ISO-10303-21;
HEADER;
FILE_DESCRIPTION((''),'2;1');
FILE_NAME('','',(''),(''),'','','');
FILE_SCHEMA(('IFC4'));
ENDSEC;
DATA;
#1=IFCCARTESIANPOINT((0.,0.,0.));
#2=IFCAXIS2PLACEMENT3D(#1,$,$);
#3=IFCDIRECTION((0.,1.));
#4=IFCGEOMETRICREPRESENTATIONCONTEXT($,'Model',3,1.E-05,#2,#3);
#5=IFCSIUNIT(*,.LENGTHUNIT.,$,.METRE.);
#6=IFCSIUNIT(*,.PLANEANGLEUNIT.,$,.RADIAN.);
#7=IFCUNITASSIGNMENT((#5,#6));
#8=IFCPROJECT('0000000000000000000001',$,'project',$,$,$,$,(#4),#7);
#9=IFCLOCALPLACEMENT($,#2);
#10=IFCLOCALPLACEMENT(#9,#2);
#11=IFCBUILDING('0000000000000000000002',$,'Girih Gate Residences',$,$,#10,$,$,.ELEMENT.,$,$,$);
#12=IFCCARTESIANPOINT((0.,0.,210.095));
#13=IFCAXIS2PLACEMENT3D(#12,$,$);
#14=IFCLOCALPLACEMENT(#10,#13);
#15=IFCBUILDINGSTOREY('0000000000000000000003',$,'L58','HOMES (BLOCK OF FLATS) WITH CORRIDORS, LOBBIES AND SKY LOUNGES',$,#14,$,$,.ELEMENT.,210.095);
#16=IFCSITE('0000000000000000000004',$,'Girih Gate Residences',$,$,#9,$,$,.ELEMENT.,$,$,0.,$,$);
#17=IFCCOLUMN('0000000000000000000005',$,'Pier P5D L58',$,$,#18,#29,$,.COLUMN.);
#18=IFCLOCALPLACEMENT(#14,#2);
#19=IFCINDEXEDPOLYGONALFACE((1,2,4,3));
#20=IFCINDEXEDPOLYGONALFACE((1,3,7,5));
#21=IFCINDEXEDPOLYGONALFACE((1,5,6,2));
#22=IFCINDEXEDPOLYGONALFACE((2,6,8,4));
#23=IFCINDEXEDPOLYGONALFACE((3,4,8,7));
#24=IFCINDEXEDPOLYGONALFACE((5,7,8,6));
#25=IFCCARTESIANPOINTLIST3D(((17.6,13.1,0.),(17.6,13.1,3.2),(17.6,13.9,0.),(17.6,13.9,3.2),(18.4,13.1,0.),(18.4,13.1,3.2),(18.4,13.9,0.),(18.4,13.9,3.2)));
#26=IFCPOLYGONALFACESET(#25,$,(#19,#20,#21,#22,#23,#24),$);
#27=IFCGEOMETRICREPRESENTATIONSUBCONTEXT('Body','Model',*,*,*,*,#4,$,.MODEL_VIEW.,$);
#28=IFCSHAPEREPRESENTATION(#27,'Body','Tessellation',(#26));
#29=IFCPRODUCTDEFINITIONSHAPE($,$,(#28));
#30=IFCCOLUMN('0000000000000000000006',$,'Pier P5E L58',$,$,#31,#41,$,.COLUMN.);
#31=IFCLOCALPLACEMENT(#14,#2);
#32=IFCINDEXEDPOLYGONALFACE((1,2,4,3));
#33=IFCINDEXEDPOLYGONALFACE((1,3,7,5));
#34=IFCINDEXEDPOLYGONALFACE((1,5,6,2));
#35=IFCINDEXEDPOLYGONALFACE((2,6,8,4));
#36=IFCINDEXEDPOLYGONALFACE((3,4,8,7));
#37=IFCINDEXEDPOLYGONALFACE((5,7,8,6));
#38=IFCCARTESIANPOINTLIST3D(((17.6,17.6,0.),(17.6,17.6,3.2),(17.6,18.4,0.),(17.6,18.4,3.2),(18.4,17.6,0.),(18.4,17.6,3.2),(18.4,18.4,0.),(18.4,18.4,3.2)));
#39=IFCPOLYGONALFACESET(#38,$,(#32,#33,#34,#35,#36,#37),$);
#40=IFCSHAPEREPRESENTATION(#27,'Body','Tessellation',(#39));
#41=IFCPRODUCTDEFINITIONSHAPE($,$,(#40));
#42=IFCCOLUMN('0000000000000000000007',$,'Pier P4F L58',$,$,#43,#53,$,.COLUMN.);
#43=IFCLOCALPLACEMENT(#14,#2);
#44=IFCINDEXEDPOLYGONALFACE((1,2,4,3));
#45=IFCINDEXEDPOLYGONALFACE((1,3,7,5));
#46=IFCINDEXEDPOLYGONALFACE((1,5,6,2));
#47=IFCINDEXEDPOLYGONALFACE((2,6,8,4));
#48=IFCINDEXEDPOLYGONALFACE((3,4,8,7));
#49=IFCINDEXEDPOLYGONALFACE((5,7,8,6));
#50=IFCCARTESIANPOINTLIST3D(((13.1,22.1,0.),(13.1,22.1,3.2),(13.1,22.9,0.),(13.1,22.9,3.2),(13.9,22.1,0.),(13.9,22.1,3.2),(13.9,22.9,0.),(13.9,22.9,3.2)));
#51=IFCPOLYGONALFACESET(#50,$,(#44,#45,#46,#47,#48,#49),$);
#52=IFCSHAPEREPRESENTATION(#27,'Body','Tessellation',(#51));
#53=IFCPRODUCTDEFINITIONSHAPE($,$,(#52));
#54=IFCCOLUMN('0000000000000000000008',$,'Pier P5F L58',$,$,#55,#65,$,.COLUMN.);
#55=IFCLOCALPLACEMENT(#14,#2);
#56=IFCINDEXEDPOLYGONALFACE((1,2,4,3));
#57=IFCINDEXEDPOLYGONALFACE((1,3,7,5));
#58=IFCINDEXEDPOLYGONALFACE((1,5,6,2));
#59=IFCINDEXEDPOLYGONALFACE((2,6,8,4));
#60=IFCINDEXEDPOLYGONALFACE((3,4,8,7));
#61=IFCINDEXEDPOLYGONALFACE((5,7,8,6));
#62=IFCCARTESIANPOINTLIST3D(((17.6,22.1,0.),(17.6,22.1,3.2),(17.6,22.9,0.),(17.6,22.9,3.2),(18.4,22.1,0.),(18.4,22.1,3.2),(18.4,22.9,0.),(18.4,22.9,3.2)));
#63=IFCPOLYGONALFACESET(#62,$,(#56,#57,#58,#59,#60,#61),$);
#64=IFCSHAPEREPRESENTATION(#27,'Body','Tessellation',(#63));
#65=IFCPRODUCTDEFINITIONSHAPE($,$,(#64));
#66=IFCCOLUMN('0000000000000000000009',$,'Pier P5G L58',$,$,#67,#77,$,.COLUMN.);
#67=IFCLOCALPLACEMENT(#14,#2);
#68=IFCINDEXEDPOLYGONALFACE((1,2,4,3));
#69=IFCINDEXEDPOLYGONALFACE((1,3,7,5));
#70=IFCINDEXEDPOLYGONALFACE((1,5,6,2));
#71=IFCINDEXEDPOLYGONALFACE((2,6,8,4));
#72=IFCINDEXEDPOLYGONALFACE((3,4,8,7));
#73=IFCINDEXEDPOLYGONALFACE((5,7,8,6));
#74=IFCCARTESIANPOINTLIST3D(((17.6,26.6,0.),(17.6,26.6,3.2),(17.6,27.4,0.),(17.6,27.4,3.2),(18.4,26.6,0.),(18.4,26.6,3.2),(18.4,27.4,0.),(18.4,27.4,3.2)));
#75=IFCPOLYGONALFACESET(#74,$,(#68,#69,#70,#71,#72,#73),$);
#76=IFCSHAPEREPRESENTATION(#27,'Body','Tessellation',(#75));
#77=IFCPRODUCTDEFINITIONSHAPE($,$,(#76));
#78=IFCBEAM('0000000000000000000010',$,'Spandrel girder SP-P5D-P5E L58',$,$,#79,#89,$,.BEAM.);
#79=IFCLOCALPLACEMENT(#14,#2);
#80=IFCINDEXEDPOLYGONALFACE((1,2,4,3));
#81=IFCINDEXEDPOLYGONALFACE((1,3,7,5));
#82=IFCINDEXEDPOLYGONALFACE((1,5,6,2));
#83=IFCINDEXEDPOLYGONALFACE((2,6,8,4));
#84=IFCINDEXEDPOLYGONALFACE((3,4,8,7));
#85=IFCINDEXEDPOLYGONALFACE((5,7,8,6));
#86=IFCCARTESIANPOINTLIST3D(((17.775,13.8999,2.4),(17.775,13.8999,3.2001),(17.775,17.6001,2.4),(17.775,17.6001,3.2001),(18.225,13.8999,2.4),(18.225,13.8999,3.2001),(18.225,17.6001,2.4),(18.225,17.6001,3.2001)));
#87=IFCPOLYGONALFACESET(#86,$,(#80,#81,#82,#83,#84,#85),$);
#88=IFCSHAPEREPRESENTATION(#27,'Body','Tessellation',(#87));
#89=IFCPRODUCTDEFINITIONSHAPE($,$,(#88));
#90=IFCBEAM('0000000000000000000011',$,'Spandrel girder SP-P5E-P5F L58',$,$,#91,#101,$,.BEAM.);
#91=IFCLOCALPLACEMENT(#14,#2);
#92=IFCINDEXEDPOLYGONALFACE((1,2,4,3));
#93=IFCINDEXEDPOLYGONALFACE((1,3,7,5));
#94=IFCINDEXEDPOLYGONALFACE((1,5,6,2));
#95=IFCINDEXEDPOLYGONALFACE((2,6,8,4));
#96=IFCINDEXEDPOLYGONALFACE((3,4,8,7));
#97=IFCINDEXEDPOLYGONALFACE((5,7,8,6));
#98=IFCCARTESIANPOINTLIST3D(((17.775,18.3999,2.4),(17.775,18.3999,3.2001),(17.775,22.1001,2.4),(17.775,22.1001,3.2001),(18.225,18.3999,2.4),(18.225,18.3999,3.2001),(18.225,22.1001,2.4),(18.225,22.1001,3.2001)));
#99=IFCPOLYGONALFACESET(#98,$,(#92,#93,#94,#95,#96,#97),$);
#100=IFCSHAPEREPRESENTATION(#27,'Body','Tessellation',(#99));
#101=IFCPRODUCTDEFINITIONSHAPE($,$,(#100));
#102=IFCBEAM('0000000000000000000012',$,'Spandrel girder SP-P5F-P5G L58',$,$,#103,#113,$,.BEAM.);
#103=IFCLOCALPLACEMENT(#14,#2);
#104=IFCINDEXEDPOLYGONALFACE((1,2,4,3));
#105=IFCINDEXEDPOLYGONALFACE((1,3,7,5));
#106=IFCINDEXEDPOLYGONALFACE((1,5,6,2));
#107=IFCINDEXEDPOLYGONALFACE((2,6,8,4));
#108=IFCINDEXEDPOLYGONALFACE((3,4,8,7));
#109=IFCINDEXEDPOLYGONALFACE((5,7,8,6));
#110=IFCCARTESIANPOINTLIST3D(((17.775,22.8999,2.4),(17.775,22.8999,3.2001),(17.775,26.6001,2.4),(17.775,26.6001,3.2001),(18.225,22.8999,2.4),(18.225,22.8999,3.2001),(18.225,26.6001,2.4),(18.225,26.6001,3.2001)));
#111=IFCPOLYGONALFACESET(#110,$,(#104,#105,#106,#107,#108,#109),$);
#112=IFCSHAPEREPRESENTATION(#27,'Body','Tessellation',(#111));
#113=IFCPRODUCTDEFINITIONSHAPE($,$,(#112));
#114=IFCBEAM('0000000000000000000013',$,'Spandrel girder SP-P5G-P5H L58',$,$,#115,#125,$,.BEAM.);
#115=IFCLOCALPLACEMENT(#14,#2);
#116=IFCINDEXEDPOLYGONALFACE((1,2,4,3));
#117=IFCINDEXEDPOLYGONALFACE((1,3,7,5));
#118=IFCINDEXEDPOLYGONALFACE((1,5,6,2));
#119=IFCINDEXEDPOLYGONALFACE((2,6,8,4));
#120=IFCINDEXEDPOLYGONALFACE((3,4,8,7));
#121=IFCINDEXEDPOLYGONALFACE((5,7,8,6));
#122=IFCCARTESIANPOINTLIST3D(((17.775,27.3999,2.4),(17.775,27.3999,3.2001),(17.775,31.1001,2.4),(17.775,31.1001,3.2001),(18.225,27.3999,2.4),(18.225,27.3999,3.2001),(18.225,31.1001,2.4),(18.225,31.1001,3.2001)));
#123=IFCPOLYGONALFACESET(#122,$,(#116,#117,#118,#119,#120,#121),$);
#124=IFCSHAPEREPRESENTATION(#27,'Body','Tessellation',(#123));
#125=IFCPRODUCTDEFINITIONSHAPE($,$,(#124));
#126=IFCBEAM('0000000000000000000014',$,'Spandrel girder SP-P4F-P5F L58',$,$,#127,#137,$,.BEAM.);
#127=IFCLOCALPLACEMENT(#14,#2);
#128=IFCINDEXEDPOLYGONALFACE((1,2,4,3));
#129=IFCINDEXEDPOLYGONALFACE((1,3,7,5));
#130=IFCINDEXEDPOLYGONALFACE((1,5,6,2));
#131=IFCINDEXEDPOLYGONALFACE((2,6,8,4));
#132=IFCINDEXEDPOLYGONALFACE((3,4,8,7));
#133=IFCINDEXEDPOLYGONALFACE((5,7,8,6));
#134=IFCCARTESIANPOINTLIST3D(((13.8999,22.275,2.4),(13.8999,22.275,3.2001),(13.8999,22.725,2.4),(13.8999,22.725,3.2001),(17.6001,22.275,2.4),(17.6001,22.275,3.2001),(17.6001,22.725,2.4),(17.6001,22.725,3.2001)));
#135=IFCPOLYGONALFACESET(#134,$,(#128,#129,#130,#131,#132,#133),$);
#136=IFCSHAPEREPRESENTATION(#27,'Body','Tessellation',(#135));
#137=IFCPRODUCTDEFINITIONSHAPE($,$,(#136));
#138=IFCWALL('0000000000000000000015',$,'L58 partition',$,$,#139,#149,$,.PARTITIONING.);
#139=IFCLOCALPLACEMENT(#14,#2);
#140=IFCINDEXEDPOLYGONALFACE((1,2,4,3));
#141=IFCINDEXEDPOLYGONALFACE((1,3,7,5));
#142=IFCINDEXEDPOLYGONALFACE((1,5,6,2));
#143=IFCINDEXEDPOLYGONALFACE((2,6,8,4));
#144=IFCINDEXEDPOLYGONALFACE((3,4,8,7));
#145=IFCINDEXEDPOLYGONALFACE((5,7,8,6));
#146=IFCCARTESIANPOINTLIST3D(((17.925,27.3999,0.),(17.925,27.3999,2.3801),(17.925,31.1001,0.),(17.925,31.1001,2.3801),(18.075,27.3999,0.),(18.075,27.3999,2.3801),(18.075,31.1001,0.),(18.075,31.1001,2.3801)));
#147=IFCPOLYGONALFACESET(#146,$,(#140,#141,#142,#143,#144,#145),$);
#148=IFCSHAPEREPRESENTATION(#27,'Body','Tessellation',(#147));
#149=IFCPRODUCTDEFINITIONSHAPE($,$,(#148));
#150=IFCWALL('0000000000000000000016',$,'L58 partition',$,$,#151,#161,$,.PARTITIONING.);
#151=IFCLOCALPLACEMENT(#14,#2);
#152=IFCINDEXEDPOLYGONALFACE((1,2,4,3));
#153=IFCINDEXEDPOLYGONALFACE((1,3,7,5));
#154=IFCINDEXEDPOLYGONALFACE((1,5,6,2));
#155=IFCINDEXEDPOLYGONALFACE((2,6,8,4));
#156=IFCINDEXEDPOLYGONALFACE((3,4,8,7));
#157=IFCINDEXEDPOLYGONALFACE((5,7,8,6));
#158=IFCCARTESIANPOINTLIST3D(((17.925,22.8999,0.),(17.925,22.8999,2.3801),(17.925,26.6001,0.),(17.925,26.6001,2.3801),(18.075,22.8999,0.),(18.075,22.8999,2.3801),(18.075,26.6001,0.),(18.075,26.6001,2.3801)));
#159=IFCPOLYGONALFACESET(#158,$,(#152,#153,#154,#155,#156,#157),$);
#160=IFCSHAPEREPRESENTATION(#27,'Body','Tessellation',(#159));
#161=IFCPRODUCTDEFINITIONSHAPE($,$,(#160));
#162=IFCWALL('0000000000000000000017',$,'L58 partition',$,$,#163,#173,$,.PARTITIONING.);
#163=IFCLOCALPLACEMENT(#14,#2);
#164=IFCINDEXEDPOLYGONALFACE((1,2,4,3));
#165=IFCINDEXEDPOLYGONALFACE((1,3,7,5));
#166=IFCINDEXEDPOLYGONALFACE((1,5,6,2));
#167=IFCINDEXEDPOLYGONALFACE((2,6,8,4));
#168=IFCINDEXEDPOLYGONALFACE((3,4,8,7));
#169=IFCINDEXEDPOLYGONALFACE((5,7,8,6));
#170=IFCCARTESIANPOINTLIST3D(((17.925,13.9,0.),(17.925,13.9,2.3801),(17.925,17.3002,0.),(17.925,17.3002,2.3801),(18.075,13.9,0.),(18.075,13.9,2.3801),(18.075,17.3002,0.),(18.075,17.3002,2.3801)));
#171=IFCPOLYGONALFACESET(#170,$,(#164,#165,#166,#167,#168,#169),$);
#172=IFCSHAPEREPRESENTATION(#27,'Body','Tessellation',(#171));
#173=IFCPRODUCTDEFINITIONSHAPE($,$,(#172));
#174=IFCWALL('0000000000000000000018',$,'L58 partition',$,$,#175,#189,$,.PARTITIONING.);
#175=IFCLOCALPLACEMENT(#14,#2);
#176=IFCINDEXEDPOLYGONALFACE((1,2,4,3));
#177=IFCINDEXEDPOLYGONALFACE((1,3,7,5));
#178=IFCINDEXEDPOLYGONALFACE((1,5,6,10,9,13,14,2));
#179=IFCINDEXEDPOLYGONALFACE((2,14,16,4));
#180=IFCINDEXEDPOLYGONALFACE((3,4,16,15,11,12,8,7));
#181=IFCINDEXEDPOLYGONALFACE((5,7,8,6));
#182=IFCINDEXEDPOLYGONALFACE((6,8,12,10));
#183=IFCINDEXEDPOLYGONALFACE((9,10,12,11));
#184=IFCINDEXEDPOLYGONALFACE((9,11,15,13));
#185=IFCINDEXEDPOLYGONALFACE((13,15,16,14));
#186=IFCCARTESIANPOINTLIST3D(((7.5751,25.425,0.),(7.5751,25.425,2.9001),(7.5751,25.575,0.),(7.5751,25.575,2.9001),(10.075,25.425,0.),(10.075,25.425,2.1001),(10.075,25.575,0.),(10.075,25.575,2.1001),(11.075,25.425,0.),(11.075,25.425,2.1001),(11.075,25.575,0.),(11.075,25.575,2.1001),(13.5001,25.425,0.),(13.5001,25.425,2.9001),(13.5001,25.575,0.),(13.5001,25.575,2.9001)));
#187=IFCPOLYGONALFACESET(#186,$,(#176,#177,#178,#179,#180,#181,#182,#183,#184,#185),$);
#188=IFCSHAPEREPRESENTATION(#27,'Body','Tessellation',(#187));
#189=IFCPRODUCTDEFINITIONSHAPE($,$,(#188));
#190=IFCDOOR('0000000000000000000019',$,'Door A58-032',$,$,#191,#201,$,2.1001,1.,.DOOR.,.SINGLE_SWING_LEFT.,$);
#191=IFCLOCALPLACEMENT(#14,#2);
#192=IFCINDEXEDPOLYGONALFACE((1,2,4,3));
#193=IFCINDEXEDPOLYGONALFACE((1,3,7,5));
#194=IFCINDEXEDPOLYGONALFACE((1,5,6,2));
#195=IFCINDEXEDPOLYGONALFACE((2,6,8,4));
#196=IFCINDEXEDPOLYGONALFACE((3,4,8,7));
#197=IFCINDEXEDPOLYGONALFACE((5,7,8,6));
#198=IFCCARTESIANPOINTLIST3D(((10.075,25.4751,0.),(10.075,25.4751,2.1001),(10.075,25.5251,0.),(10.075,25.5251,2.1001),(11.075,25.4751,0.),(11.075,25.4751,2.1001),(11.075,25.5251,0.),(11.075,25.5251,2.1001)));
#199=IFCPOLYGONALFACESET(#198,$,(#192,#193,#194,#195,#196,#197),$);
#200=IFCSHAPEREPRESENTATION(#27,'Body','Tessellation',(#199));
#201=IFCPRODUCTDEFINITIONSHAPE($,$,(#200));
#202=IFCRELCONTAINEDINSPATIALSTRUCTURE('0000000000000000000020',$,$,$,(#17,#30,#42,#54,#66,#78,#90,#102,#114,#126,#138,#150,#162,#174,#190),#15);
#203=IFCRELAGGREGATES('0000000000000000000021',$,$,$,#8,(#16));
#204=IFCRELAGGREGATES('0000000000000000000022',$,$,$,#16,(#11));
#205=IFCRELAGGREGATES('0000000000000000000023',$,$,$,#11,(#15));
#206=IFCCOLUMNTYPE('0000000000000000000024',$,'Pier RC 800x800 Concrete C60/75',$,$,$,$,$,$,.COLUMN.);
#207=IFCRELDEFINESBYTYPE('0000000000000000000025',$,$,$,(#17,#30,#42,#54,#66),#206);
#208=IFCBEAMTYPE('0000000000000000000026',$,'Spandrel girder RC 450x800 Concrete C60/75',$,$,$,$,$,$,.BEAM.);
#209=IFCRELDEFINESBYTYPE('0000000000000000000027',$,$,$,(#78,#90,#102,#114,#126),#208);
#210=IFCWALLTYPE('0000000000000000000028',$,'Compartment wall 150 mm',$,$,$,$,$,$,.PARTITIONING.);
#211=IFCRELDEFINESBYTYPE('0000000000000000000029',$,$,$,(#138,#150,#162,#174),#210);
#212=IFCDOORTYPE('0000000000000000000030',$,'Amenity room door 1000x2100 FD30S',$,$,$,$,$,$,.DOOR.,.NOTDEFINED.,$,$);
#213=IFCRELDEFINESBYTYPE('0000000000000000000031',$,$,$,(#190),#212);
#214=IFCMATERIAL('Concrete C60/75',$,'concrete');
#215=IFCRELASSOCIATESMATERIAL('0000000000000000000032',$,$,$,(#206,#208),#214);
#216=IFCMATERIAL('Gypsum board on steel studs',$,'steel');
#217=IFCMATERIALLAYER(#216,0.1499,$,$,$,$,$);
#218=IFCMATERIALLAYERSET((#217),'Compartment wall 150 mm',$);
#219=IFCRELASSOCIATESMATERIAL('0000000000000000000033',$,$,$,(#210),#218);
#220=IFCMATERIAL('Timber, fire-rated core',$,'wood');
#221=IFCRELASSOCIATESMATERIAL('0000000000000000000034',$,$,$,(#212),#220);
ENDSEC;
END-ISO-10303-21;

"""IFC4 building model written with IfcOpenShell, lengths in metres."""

from ifc_helpers import new_model, si_unit, direction, frame, frame_2d, origin, origin_2d, place, context, subcontext, project, spatial, rectangle, extrude, material, layer, layer_set, material_profile, profile_set, type_object, element, fill, save


model = new_model("IFC4")

# Units and contexts
model_context = context("Model", 3, precision=1e-05, world=origin(), true_north=direction((0.0, 1.0)))
body_context = subcontext(model_context, "Body", "Model", "MODEL_VIEW")
ifc_project = project(units=[si_unit("LENGTHUNIT", "METRE"), si_unit("PLANEANGLEUNIT", "RADIAN")], contexts=[model_context])

# Site, building, storey
site_placement = place(None, origin())
site = spatial("IfcSite", under=ifc_project, at=site_placement, Name="Girih Gate Residences", CompositionType="ELEMENT", RefElevation=0.0)
building_placement = place(site_placement, origin())
building = spatial("IfcBuilding", under=site, at=building_placement, Name="Girih Gate Residences", CompositionType="ELEMENT")
storey_placement = place(building_placement, frame((0.0, 0.0, 210.095)))
storey = spatial("IfcBuildingStorey", under=building, at=storey_placement, Name="L58", Description="HOMES (BLOCK OF FLATS) WITH CORRIDORS, LOBBIES AND SKY LOUNGES", CompositionType="ELEMENT", Elevation=210.095)

# Columns
ifc_material_1 = material(Name="Concrete C60/75", Category="concrete")
ifc_material_profile_1 = material_profile(ifc_material_1, rectangle(XDim=0.8, YDim=0.8, at=origin_2d()))
ifc_profile_set_1 = profile_set([ifc_material_profile_1], Name="Concrete C60/75")
column_type = type_object("IfcColumnType", Name="Pier RC 800x800 Concrete C60/75", PredefinedType="COLUMN", material=ifc_profile_set_1)
for number, where, z_axis, x_axis, name in (
    (1, (18.0, 13.5, 0.0), (0.0, 0.0, 1.0), (1.0, 0.0, 0.0), "Pier P5D L58"),
    (2, (18.0, 18.0, 0.0), (0.0, 0.0, 1.0), (1.0, 0.0, 0.0), "Pier P5E L58"),
    (3, (13.5, 22.5, 0.0), (0.0, 0.0, 1.0), (1.0, 0.0, 0.0), "Pier P4F L58"),
    (4, (18.0, 22.5, 0.0), (0.0, 0.0, 1.0), (1.0, 0.0, 0.0), "Pier P5F L58"),
    (5, (18.0, 27.0, 0.0), (0.0, 0.0, 1.0), (1.0, 0.0, 0.0), "Pier P5G L58"),
):
    element("IfcColumn", number, at=place(storey_placement, frame(where, z_axis=z_axis, x_axis=x_axis)), inside=storey, type_object=column_type, Name=name, PredefinedType="COLUMN", context=body_context, shape_type="SweptSolid", body=[
        extrude(rectangle(XDim=0.8, YDim=0.8, at=origin_2d()), origin(), (0.0, 0.0, 1.0), 3.2),
    ])

# Beams
ifc_material_profile_2 = material_profile(ifc_material_1, rectangle(XDim=0.45, YDim=0.8, at=origin_2d()))
ifc_profile_set_2 = profile_set([ifc_material_profile_2], Name="Concrete C60/75")
beam_type = type_object("IfcBeamType", Name="Spandrel girder RC 450x800 Concrete C60/75", PredefinedType="BEAM", material=ifc_profile_set_2)
for number, where, z_axis, x_axis, name in (
    (6, (18.0, 13.8999, 2.8), (0.0, 1.0, 0.0), (-1.0, 0.0, 0.0), "Spandrel girder SP-P5D-P5E L58"),
    (7, (18.0, 18.3999, 2.8), (0.0, 1.0, 0.0), (-1.0, 0.0, 0.0), "Spandrel girder SP-P5E-P5F L58"),
    (8, (18.0, 22.8999, 2.8), (0.0, 1.0, 0.0), (-1.0, 0.0, 0.0), "Spandrel girder SP-P5F-P5G L58"),
    (9, (18.0, 27.3999, 2.8), (0.0, 1.0, 0.0), (-1.0, 0.0, 0.0), "Spandrel girder SP-P5G-P5H L58"),
    (10, (13.8999, 22.5, 2.8), (1.0, 0.0, 0.0), (0.0, 1.0, 0.0), "Spandrel girder SP-P4F-P5F L58"),
):
    element("IfcBeam", number, at=place(storey_placement, frame(where, z_axis=z_axis, x_axis=x_axis)), inside=storey, type_object=beam_type, Name=name, PredefinedType="BEAM", context=body_context, shape_type="SweptSolid", body=[
        extrude(rectangle(XDim=0.45, YDim=0.8, at=origin_2d()), origin(), (0.0, 0.0, 1.0), 3.7002),
    ])

# Walls
ifc_material_2 = material(Name="Gypsum board on steel studs", Category="steel")
ifc_layer_1 = layer(ifc_material_2, 0.1499)
ifc_layer_set_1 = layer_set([ifc_layer_1], Name="Compartment wall 150 mm")
wall_type_1 = type_object("IfcWallType", Name="Compartment wall 150 mm", PredefinedType="PARTITIONING", material=ifc_layer_set_1)
for number, where, z_axis, x_axis, name in (
    (11, (18.0, 27.3999, 0.0), (0.0, 0.0, 1.0), (0.0, 1.0, 0.0), "L58 partition"),
    (12, (18.0, 22.8999, 0.0), (0.0, 0.0, 1.0), (0.0, 1.0, 0.0), "L58 partition"),
):
    element("IfcWall", number, at=place(storey_placement, frame(where, z_axis=z_axis, x_axis=x_axis)), inside=storey, type_object=wall_type_1, Name=name, PredefinedType="PARTITIONING", context=body_context, shape_type="SweptSolid", body=[
        extrude(rectangle(XDim=3.7002, YDim=0.1499, at=frame_2d((1.8501, 0.0))), origin(), (0.0, 0.0, 1.0), 2.3801),
    ])
wall_1_placement = place(storey_placement, frame((18.0, 13.8999, 0.0), z_axis=(0.0, 0.0, 1.0), x_axis=(0.0, 1.0, 0.0)))
element("IfcWall", 13, at=wall_1_placement, inside=storey, type_object=wall_type_1, Name="L58 partition", PredefinedType="PARTITIONING", context=body_context, shape_type="SweptSolid", body=[
    extrude(rectangle(XDim=3.4001, YDim=0.1499, at=frame_2d((1.7002, 0.0))), origin(), (0.0, 0.0, 1.0), 2.3801),
])

# Wall, opening, door
wall_2_placement = place(storey_placement, frame((13.5, 25.5, 0.0), z_axis=(0.0, 0.0, 1.0), x_axis=(-1.0, 0.0, 0.0)))
wall_2 = element("IfcWall", 14, at=wall_2_placement, inside=storey, type_object=wall_type_1, Name="L58 partition", PredefinedType="PARTITIONING", context=body_context, shape_type="SweptSolid", body=[
    extrude(rectangle(XDim=5.925, YDim=0.1499, at=frame_2d((2.9624, 0.0))), origin(), (0.0, 0.0, 1.0), 2.9001),
])
opening_1_placement = place(wall_2_placement, frame((2.425, 0.0, 0.0)))
opening_1 = element("IfcOpeningElement", 15, at=opening_1_placement, cuts=wall_2, PredefinedType="OPENING", context=body_context, shape_type="SweptSolid", body=[
    extrude(rectangle(XDim=1.0, YDim=2.1001, at=frame_2d((0.5, 1.05))), frame((0.0, 0.085, 0.0), z_axis=(0.0, -1.0, 0.0), x_axis=(1.0, 0.0, 0.0)), (0.0, 0.0, 1.0), 0.1699),
])
ifc_material_3 = material(Name="Timber, fire-rated core", Category="wood")
door_type = type_object("IfcDoorType", Name="Amenity room door 1000x2100 FD30S", OperationType="NOTDEFINED", PredefinedType="DOOR", material=ifc_material_3)
door_1_placement = place(opening_1_placement, origin())
door_1 = element("IfcDoor", 16, at=door_1_placement, inside=storey, type_object=door_type, Name="Door A58-032", OperationType="SINGLE_SWING_LEFT", OverallHeight=2.1001, OverallWidth=1.0, PredefinedType="DOOR", context=body_context, shape_type="SweptSolid", body=[
    extrude(rectangle(XDim=1.0, YDim=2.1001, at=frame_2d((0.5, 1.05))), frame((0.0, 0.0249, 0.0), z_axis=(0.0, -1.0, 0.0), x_axis=(1.0, 0.0, 0.0)), (0.0, 0.0, 1.0), 0.05),
])
fill(opening_1, door_1)

save(model, "model.ifc")
